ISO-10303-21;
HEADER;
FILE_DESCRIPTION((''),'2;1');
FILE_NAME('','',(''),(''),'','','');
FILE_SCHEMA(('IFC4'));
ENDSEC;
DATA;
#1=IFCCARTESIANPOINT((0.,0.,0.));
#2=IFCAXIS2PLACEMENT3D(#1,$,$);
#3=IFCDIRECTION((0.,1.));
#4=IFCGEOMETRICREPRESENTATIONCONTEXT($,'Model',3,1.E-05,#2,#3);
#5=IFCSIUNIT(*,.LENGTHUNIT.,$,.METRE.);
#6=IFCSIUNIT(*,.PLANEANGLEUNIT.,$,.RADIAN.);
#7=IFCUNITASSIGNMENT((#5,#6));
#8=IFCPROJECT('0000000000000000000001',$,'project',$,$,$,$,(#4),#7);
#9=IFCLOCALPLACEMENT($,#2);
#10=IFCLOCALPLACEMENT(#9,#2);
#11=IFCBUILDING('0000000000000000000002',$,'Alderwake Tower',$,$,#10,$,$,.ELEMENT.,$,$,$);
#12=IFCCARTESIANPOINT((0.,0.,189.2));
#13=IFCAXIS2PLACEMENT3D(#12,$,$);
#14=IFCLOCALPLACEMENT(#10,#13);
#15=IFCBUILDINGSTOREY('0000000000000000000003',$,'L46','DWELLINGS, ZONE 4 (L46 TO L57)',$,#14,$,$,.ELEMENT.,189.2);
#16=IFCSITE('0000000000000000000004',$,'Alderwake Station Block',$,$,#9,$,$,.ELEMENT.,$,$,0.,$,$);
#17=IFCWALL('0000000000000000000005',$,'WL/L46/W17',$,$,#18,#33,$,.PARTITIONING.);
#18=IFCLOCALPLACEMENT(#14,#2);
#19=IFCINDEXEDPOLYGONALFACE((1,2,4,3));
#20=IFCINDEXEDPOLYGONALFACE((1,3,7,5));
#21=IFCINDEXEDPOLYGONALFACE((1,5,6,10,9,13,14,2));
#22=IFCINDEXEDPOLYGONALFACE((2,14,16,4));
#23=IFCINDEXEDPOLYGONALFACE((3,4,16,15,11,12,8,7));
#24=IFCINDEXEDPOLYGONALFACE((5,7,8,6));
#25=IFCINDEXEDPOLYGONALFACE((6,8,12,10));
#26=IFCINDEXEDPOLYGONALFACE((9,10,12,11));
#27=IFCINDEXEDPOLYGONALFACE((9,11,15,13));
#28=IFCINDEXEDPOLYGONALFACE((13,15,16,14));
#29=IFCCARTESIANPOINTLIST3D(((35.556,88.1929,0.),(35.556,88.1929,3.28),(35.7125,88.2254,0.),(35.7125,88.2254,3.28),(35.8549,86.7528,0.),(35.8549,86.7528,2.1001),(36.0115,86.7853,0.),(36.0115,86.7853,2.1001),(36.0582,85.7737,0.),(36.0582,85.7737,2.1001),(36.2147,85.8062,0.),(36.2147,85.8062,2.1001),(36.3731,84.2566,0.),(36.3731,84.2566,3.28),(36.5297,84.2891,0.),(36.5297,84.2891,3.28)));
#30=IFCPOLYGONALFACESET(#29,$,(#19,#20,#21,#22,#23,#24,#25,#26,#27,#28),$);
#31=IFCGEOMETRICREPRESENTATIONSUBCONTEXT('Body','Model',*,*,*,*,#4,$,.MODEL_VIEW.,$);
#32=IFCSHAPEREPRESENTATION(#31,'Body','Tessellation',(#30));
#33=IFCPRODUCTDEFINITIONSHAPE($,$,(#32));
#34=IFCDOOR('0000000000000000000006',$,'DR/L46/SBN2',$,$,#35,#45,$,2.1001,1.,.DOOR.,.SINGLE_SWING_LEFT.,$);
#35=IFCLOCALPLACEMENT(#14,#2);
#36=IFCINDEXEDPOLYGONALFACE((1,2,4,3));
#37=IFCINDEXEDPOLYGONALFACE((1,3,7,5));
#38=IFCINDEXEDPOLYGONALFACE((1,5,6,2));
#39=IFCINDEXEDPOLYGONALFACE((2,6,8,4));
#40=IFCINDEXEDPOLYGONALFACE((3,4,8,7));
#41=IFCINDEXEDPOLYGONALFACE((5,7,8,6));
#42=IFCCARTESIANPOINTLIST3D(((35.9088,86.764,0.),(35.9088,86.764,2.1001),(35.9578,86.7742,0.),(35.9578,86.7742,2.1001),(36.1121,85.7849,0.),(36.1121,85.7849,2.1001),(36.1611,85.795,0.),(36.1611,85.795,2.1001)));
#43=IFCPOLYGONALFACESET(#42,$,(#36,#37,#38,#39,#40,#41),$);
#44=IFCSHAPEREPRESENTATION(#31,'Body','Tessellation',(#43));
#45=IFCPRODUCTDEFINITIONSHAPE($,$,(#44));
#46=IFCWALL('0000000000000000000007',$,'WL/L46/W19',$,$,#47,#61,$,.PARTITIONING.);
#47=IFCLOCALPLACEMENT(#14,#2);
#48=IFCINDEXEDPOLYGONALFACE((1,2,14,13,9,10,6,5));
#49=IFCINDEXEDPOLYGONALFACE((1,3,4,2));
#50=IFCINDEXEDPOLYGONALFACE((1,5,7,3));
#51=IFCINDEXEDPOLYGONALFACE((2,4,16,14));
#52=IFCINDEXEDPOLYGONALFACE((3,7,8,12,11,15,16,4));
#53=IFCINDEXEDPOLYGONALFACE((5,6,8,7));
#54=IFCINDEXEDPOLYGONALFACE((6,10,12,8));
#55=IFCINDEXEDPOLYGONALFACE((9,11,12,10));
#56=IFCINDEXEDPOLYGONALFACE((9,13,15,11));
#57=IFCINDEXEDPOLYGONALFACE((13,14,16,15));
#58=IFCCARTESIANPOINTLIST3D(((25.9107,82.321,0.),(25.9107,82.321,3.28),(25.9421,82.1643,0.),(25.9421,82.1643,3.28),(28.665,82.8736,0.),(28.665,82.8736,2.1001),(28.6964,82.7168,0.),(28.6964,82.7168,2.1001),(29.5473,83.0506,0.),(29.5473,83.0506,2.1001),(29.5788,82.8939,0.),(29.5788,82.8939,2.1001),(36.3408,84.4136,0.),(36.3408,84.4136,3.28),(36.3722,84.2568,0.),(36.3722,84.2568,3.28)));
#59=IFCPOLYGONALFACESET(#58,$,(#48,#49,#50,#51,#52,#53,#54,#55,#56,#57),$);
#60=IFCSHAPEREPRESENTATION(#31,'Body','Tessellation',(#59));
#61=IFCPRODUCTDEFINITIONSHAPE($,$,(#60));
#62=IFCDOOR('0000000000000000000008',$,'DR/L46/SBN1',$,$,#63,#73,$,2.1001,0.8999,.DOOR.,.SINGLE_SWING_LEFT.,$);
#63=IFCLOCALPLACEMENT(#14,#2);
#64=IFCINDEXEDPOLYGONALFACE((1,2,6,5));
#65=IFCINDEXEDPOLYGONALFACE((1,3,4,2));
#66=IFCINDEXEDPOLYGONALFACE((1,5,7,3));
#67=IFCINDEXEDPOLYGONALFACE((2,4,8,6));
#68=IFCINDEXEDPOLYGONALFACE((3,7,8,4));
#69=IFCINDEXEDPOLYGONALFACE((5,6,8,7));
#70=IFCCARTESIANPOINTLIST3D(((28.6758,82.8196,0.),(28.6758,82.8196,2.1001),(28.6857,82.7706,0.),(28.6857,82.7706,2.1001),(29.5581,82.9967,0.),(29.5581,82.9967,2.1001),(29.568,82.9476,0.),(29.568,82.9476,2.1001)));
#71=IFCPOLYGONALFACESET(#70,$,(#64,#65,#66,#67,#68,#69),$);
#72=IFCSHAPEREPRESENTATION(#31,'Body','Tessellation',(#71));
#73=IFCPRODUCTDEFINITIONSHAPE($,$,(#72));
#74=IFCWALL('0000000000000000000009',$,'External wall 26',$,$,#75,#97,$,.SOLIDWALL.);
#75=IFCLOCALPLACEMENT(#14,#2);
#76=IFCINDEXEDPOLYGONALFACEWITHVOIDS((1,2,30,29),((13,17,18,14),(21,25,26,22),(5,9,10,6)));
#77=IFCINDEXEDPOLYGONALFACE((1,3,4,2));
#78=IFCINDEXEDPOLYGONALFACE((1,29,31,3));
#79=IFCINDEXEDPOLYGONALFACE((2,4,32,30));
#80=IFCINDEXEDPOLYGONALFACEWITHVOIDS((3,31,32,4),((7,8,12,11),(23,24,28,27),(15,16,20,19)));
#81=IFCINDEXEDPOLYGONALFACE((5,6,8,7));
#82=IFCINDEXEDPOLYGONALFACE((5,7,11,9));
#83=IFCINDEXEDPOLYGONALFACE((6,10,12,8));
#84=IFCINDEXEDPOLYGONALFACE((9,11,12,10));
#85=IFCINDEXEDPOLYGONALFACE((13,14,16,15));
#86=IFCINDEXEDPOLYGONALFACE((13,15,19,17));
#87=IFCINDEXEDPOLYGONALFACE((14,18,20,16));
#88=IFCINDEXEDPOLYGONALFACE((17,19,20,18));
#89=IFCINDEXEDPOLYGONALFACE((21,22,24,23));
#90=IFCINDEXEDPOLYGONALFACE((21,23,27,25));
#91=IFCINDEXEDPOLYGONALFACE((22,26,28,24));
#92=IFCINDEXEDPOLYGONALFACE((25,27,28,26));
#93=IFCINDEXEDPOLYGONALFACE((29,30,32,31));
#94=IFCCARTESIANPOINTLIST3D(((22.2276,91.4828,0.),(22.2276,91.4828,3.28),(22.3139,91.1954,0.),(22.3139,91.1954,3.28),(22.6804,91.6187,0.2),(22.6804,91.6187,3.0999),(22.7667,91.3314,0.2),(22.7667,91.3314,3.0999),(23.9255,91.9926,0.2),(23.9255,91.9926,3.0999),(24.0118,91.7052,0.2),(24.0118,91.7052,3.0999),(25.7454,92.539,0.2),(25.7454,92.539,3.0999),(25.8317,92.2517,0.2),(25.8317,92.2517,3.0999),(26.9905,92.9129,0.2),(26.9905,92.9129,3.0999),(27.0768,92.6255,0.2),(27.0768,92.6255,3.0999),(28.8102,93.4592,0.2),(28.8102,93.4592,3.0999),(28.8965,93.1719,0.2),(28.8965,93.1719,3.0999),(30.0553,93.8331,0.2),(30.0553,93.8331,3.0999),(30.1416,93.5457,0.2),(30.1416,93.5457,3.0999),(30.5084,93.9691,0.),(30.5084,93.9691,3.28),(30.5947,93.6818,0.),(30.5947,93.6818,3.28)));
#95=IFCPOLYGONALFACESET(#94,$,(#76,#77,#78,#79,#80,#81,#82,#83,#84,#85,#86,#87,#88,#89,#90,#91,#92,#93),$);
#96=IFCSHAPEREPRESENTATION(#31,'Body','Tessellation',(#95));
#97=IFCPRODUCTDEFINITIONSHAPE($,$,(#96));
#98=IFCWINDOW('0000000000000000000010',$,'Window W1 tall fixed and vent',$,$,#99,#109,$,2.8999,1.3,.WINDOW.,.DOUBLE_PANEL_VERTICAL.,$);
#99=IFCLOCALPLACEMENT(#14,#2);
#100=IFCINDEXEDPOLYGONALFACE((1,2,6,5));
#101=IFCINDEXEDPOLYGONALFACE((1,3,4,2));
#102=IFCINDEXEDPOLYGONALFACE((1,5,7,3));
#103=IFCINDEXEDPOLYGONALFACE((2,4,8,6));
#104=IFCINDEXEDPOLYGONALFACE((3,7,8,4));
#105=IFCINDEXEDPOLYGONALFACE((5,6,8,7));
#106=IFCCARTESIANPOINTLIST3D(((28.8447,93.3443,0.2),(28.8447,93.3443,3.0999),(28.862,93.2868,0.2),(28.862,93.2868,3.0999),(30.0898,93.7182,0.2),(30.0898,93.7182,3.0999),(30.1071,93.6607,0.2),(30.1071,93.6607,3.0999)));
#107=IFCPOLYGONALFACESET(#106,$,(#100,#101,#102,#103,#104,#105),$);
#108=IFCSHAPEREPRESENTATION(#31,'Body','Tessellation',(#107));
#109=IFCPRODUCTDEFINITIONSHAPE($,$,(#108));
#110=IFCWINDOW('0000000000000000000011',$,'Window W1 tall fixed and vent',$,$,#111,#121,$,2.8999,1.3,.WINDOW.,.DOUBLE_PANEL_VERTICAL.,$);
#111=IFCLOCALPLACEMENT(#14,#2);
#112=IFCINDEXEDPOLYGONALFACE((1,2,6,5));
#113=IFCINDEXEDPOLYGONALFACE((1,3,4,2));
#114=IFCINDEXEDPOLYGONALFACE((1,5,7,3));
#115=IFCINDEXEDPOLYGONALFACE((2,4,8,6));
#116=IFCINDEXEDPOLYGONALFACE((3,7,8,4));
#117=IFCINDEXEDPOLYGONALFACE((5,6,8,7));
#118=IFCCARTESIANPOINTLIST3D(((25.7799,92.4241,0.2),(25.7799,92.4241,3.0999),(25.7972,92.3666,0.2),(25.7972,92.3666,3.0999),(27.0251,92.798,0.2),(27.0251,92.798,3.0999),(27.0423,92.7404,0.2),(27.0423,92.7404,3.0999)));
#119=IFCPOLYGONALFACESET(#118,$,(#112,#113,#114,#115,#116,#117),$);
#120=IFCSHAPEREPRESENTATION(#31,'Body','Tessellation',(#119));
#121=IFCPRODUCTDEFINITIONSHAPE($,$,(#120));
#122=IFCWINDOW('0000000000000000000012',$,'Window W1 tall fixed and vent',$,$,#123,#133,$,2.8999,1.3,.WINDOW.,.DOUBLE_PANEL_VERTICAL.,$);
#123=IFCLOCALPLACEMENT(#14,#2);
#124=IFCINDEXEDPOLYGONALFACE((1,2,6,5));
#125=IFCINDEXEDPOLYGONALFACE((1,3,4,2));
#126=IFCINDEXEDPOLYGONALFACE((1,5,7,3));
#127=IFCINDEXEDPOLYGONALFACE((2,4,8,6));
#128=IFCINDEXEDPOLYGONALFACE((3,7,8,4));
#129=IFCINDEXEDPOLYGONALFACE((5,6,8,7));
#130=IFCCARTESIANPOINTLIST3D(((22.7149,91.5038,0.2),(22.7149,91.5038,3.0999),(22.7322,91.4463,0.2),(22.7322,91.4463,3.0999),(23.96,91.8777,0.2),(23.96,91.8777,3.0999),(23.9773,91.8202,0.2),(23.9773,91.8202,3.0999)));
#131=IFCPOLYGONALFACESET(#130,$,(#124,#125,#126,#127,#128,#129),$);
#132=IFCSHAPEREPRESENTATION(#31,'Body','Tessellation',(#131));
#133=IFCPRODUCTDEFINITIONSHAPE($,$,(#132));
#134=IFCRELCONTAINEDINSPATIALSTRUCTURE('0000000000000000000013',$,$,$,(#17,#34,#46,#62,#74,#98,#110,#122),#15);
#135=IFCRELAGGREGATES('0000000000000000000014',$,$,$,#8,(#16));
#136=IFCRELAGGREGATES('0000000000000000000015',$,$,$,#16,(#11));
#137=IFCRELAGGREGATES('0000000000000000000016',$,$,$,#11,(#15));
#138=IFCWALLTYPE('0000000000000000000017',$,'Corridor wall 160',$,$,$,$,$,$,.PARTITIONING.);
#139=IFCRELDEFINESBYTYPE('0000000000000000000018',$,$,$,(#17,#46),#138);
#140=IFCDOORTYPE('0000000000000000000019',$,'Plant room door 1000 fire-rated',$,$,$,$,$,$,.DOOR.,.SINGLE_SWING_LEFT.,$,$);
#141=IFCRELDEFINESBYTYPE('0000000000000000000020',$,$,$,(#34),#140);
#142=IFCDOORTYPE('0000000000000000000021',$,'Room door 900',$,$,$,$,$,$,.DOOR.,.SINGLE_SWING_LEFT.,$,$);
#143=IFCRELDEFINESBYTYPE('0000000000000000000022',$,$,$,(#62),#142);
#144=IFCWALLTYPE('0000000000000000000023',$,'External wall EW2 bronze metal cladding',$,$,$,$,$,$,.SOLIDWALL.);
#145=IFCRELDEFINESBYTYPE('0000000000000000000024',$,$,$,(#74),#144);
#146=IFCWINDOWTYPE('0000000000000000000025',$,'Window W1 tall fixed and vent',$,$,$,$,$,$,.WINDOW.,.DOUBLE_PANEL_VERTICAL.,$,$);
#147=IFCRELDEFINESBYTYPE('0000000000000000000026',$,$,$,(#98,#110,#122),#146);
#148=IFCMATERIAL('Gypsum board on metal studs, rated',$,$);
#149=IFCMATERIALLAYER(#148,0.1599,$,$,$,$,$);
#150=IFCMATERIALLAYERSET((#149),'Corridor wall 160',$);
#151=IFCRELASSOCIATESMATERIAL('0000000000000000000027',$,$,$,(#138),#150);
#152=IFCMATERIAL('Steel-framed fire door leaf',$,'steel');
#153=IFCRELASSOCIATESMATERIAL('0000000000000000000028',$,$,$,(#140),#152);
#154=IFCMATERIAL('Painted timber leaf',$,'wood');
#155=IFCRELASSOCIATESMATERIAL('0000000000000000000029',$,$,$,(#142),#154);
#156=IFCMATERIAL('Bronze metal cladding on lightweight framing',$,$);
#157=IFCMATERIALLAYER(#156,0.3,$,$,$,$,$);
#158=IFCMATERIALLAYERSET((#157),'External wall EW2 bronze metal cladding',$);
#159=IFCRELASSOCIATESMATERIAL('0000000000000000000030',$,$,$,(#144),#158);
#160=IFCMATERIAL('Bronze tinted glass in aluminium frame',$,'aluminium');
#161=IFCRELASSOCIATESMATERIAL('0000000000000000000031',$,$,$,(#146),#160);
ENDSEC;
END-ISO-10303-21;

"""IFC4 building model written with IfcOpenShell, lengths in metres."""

from ifc_helpers import new_model, si_unit, direction, frame, frame_2d, origin, place, context, subcontext, project, spatial, rectangle, extrude, material, layer, layer_set, type_object, element, fill, save


model = new_model("IFC4")

# Units and contexts
model_context = context("Model", 3, precision=1e-05, world=origin(), true_north=direction((0.0, 1.0)))
body_context = subcontext(model_context, "Body", "Model", "MODEL_VIEW")
ifc_project = project(units=[si_unit("LENGTHUNIT", "METRE"), si_unit("PLANEANGLEUNIT", "RADIAN")], contexts=[model_context])

# Site, building, storey
site_placement = place(None, origin())
site = spatial("IfcSite", under=ifc_project, at=site_placement, Name="Alderwake Station Block", CompositionType="ELEMENT", RefElevation=0.0)
building_placement = place(site_placement, origin())
building = spatial("IfcBuilding", under=site, at=building_placement, Name="Alderwake Tower", CompositionType="ELEMENT")
storey_placement = place(building_placement, frame((0.0, 0.0, 189.2)))
storey = spatial("IfcBuildingStorey", under=building, at=storey_placement, Name="L46", Description="DWELLINGS, ZONE 4 (L46 TO L57)", CompositionType="ELEMENT", Elevation=189.2)

# Shared definitions
ifc_material_1 = material(Name="Gypsum board on metal studs, rated")
ifc_layer_1 = layer(ifc_material_1, 0.1599)
ifc_layer_set_1 = layer_set([ifc_layer_1], Name="Corridor wall 160")
wall_type_1 = type_object("IfcWallType", Name="Corridor wall 160", PredefinedType="PARTITIONING", material=ifc_layer_set_1)

# Walls, openings, doors
wall_1_placement = place(storey_placement, frame((36.4514, 84.2727, 0.0), z_axis=(0.0, 0.0, 1.0), x_axis=(-0.203258, 0.979125, 0.0)))
wall_1 = element("IfcWall", 1, at=wall_1_placement, inside=storey, type_object=wall_type_1, Name="WL/L46/W17", PredefinedType="PARTITIONING", context=body_context, shape_type="SweptSolid", body=[
    extrude(rectangle(XDim=4.0203, YDim=0.1599, at=frame_2d((2.0103, 0.0))), origin(), (0.0, 0.0, 1.0), 3.28),
])
opening_1_placement = place(wall_1_placement, frame((1.5496, 0.0, 0.0)))
opening_1 = element("IfcOpeningElement", 2, at=opening_1_placement, cuts=wall_1, PredefinedType="OPENING", context=body_context, shape_type="SweptSolid", body=[
    extrude(rectangle(XDim=1.0, YDim=2.1001, at=frame_2d((0.5, 1.05))), frame((0.0, 0.0898, 0.0), z_axis=(0.0, -1.0, 0.0), x_axis=(1.0, 0.0, 0.0)), (0.0, 0.0, 1.0), 0.1799),
])
ifc_material_2 = material(Name="Steel-framed fire door leaf", Category="steel")
door_type_1 = type_object("IfcDoorType", Name="Plant room door 1000 fire-rated", OperationType="SINGLE_SWING_LEFT", PredefinedType="DOOR", material=ifc_material_2)
door_1_placement = place(opening_1_placement, origin())
door_1 = element("IfcDoor", 3, at=door_1_placement, inside=storey, type_object=door_type_1, Name="DR/L46/SBN2", OperationType="SINGLE_SWING_LEFT", OverallHeight=2.1001, OverallWidth=1.0, PredefinedType="DOOR", context=body_context, shape_type="SweptSolid", body=[
    extrude(rectangle(XDim=1.0, YDim=2.1001, at=frame_2d((0.5, 1.05))), frame((0.0, 0.0249, 0.0), z_axis=(0.0, -1.0, 0.0), x_axis=(1.0, 0.0, 0.0)), (0.0, 0.0, 1.0), 0.05),
])
fill(opening_1, door_1)
wall_2_placement = place(storey_placement, frame((25.9265, 82.2427, 0.0), z_axis=(0.0, 0.0, 1.0), x_axis=(0.980463, 0.196703, 0.0)))
wall_2 = element("IfcWall", 4, at=wall_2_placement, inside=storey, type_object=wall_type_1, Name="WL/L46/W19", PredefinedType="PARTITIONING", context=body_context, shape_type="SweptSolid", body=[
    extrude(rectangle(XDim=10.6379, YDim=0.1599, at=frame_2d((5.3188, 0.0))), origin(), (0.0, 0.0, 1.0), 3.28),
])
opening_2_placement = place(wall_2_placement, frame((2.8091, 0.0, 0.0)))
opening_2 = element("IfcOpeningElement", 5, at=opening_2_placement, cuts=wall_2, PredefinedType="OPENING", context=body_context, shape_type="SweptSolid", body=[
    extrude(rectangle(XDim=0.8999, YDim=2.1001, at=frame_2d((0.45, 1.05))), frame((0.0, 0.0898, 0.0), z_axis=(0.0, -1.0, 0.0), x_axis=(1.0, 0.0, 0.0)), (0.0, 0.0, 1.0), 0.1799),
])
ifc_material_3 = material(Name="Painted timber leaf", Category="wood")
door_type_2 = type_object("IfcDoorType", Name="Room door 900", OperationType="SINGLE_SWING_LEFT", PredefinedType="DOOR", material=ifc_material_3)
door_2_placement = place(opening_2_placement, origin())
door_2 = element("IfcDoor", 6, at=door_2_placement, inside=storey, type_object=door_type_2, Name="DR/L46/SBN1", OperationType="SINGLE_SWING_LEFT", OverallHeight=2.1001, OverallWidth=0.8999, PredefinedType="DOOR", context=body_context, shape_type="SweptSolid", body=[
    extrude(rectangle(XDim=0.8999, YDim=2.1001, at=frame_2d((0.45, 1.05))), frame((0.0, 0.0249, 0.0), z_axis=(0.0, -1.0, 0.0), x_axis=(1.0, 0.0, 0.0)), (0.0, 0.0, 1.0), 0.05),
])
fill(opening_2, door_2)

# Wall, openings, windows
ifc_material_4 = material(Name="Bronze metal cladding on lightweight framing")
ifc_layer_2 = layer(ifc_material_4, 0.3)
ifc_layer_set_2 = layer_set([ifc_layer_2], Name="External wall EW2 bronze metal cladding")
wall_type_2 = type_object("IfcWallType", Name="External wall EW2 bronze metal cladding", PredefinedType="SOLIDWALL", material=ifc_layer_set_2)
wall_3_placement = place(storey_placement, frame((30.5515, 93.8254, 0.0), z_axis=(0.0, 0.0, 1.0), x_axis=(-0.957759, -0.287571, 0.0)))
wall_3 = element("IfcWall", 7, at=wall_3_placement, inside=storey, type_object=wall_type_2, Name="External wall 26", PredefinedType="SOLIDWALL", context=body_context, shape_type="SweptSolid", body=[
    extrude(rectangle(XDim=8.646, YDim=0.3, at=frame_2d((4.323, 0.0))), origin(), (0.0, 0.0, 1.0), 3.28),
])
opening_3_placement = place(wall_3_placement, frame((0.4731, 0.0, 0.2)))
opening_3 = element("IfcOpeningElement", 8, at=opening_3_placement, cuts=wall_3, PredefinedType="OPENING", context=body_context, shape_type="SweptSolid", body=[
    extrude(rectangle(XDim=1.3, YDim=2.8999, at=frame_2d((0.6499, 1.45))), frame((0.0, 0.1599, 0.0), z_axis=(0.0, -1.0, 0.0), x_axis=(1.0, 0.0, 0.0)), (0.0, 0.0, 1.0), 0.3201),
])
opening_4_placement = place(wall_3_placement, frame((3.6731, 0.0, 0.2)))
opening_4 = element("IfcOpeningElement", 9, at=opening_4_placement, cuts=wall_3, PredefinedType="OPENING", context=body_context, shape_type="SweptSolid", body=[
    extrude(rectangle(XDim=1.3, YDim=2.8999, at=frame_2d((0.6499, 1.45))), frame((0.0, 0.1599, 0.0), z_axis=(0.0, -1.0, 0.0), x_axis=(1.0, 0.0, 0.0)), (0.0, 0.0, 1.0), 0.3201),
])
opening_5_placement = place(wall_3_placement, frame((6.8733, 0.0, 0.2)))
opening_5 = element("IfcOpeningElement", 10, at=opening_5_placement, cuts=wall_3, PredefinedType="OPENING", context=body_context, shape_type="SweptSolid", body=[
    extrude(rectangle(XDim=1.3, YDim=2.8999, at=frame_2d((0.6499, 1.45))), frame((0.0, 0.1599, 0.0), z_axis=(0.0, -1.0, 0.0), x_axis=(1.0, 0.0, 0.0)), (0.0, 0.0, 1.0), 0.3201),
])
ifc_material_5 = material(Name="Bronze tinted glass in aluminium frame", Category="aluminium")
window_type = type_object("IfcWindowType", Name="Window W1 tall fixed and vent", PartitioningType="DOUBLE_PANEL_VERTICAL", PredefinedType="WINDOW", material=ifc_material_5)
window_1_placement = place(opening_3_placement, origin())
window_1 = element("IfcWindow", 11, at=window_1_placement, inside=storey, type_object=window_type, Name="Window W1 tall fixed and vent", OverallHeight=2.8999, OverallWidth=1.3, PartitioningType="DOUBLE_PANEL_VERTICAL", PredefinedType="WINDOW", context=body_context, shape_type="SweptSolid", body=[
    extrude(rectangle(XDim=1.3, YDim=2.8999, at=frame_2d((0.6499, 1.45))), frame((0.0, 0.03, 0.0), z_axis=(0.0, -1.0, 0.0), x_axis=(1.0, 0.0, 0.0)), (0.0, 0.0, 1.0), 0.0601),
])
fill(opening_3, window_1)
window_2_placement = place(opening_4_placement, origin())
window_2 = element("IfcWindow", 12, at=window_2_placement, inside=storey, type_object=window_type, Name="Window W1 tall fixed and vent", OverallHeight=2.8999, OverallWidth=1.3, PartitioningType="DOUBLE_PANEL_VERTICAL", PredefinedType="WINDOW", context=body_context, shape_type="SweptSolid", body=[
    extrude(rectangle(XDim=1.3, YDim=2.8999, at=frame_2d((0.6499, 1.45))), frame((0.0, 0.03, 0.0), z_axis=(0.0, -1.0, 0.0), x_axis=(1.0, 0.0, 0.0)), (0.0, 0.0, 1.0), 0.0601),
])
fill(opening_4, window_2)
window_3_placement = place(opening_5_placement, origin())
window_3 = element("IfcWindow", 13, at=window_3_placement, inside=storey, type_object=window_type, Name="Window W1 tall fixed and vent", OverallHeight=2.8999, OverallWidth=1.3, PartitioningType="DOUBLE_PANEL_VERTICAL", PredefinedType="WINDOW", context=body_context, shape_type="SweptSolid", body=[
    extrude(rectangle(XDim=1.3, YDim=2.8999, at=frame_2d((0.6499, 1.45))), frame((0.0, 0.03, 0.0), z_axis=(0.0, -1.0, 0.0), x_axis=(1.0, 0.0, 0.0)), (0.0, 0.0, 1.0), 0.0601),
])
fill(opening_5, window_3)

save(model, "model.ifc")
